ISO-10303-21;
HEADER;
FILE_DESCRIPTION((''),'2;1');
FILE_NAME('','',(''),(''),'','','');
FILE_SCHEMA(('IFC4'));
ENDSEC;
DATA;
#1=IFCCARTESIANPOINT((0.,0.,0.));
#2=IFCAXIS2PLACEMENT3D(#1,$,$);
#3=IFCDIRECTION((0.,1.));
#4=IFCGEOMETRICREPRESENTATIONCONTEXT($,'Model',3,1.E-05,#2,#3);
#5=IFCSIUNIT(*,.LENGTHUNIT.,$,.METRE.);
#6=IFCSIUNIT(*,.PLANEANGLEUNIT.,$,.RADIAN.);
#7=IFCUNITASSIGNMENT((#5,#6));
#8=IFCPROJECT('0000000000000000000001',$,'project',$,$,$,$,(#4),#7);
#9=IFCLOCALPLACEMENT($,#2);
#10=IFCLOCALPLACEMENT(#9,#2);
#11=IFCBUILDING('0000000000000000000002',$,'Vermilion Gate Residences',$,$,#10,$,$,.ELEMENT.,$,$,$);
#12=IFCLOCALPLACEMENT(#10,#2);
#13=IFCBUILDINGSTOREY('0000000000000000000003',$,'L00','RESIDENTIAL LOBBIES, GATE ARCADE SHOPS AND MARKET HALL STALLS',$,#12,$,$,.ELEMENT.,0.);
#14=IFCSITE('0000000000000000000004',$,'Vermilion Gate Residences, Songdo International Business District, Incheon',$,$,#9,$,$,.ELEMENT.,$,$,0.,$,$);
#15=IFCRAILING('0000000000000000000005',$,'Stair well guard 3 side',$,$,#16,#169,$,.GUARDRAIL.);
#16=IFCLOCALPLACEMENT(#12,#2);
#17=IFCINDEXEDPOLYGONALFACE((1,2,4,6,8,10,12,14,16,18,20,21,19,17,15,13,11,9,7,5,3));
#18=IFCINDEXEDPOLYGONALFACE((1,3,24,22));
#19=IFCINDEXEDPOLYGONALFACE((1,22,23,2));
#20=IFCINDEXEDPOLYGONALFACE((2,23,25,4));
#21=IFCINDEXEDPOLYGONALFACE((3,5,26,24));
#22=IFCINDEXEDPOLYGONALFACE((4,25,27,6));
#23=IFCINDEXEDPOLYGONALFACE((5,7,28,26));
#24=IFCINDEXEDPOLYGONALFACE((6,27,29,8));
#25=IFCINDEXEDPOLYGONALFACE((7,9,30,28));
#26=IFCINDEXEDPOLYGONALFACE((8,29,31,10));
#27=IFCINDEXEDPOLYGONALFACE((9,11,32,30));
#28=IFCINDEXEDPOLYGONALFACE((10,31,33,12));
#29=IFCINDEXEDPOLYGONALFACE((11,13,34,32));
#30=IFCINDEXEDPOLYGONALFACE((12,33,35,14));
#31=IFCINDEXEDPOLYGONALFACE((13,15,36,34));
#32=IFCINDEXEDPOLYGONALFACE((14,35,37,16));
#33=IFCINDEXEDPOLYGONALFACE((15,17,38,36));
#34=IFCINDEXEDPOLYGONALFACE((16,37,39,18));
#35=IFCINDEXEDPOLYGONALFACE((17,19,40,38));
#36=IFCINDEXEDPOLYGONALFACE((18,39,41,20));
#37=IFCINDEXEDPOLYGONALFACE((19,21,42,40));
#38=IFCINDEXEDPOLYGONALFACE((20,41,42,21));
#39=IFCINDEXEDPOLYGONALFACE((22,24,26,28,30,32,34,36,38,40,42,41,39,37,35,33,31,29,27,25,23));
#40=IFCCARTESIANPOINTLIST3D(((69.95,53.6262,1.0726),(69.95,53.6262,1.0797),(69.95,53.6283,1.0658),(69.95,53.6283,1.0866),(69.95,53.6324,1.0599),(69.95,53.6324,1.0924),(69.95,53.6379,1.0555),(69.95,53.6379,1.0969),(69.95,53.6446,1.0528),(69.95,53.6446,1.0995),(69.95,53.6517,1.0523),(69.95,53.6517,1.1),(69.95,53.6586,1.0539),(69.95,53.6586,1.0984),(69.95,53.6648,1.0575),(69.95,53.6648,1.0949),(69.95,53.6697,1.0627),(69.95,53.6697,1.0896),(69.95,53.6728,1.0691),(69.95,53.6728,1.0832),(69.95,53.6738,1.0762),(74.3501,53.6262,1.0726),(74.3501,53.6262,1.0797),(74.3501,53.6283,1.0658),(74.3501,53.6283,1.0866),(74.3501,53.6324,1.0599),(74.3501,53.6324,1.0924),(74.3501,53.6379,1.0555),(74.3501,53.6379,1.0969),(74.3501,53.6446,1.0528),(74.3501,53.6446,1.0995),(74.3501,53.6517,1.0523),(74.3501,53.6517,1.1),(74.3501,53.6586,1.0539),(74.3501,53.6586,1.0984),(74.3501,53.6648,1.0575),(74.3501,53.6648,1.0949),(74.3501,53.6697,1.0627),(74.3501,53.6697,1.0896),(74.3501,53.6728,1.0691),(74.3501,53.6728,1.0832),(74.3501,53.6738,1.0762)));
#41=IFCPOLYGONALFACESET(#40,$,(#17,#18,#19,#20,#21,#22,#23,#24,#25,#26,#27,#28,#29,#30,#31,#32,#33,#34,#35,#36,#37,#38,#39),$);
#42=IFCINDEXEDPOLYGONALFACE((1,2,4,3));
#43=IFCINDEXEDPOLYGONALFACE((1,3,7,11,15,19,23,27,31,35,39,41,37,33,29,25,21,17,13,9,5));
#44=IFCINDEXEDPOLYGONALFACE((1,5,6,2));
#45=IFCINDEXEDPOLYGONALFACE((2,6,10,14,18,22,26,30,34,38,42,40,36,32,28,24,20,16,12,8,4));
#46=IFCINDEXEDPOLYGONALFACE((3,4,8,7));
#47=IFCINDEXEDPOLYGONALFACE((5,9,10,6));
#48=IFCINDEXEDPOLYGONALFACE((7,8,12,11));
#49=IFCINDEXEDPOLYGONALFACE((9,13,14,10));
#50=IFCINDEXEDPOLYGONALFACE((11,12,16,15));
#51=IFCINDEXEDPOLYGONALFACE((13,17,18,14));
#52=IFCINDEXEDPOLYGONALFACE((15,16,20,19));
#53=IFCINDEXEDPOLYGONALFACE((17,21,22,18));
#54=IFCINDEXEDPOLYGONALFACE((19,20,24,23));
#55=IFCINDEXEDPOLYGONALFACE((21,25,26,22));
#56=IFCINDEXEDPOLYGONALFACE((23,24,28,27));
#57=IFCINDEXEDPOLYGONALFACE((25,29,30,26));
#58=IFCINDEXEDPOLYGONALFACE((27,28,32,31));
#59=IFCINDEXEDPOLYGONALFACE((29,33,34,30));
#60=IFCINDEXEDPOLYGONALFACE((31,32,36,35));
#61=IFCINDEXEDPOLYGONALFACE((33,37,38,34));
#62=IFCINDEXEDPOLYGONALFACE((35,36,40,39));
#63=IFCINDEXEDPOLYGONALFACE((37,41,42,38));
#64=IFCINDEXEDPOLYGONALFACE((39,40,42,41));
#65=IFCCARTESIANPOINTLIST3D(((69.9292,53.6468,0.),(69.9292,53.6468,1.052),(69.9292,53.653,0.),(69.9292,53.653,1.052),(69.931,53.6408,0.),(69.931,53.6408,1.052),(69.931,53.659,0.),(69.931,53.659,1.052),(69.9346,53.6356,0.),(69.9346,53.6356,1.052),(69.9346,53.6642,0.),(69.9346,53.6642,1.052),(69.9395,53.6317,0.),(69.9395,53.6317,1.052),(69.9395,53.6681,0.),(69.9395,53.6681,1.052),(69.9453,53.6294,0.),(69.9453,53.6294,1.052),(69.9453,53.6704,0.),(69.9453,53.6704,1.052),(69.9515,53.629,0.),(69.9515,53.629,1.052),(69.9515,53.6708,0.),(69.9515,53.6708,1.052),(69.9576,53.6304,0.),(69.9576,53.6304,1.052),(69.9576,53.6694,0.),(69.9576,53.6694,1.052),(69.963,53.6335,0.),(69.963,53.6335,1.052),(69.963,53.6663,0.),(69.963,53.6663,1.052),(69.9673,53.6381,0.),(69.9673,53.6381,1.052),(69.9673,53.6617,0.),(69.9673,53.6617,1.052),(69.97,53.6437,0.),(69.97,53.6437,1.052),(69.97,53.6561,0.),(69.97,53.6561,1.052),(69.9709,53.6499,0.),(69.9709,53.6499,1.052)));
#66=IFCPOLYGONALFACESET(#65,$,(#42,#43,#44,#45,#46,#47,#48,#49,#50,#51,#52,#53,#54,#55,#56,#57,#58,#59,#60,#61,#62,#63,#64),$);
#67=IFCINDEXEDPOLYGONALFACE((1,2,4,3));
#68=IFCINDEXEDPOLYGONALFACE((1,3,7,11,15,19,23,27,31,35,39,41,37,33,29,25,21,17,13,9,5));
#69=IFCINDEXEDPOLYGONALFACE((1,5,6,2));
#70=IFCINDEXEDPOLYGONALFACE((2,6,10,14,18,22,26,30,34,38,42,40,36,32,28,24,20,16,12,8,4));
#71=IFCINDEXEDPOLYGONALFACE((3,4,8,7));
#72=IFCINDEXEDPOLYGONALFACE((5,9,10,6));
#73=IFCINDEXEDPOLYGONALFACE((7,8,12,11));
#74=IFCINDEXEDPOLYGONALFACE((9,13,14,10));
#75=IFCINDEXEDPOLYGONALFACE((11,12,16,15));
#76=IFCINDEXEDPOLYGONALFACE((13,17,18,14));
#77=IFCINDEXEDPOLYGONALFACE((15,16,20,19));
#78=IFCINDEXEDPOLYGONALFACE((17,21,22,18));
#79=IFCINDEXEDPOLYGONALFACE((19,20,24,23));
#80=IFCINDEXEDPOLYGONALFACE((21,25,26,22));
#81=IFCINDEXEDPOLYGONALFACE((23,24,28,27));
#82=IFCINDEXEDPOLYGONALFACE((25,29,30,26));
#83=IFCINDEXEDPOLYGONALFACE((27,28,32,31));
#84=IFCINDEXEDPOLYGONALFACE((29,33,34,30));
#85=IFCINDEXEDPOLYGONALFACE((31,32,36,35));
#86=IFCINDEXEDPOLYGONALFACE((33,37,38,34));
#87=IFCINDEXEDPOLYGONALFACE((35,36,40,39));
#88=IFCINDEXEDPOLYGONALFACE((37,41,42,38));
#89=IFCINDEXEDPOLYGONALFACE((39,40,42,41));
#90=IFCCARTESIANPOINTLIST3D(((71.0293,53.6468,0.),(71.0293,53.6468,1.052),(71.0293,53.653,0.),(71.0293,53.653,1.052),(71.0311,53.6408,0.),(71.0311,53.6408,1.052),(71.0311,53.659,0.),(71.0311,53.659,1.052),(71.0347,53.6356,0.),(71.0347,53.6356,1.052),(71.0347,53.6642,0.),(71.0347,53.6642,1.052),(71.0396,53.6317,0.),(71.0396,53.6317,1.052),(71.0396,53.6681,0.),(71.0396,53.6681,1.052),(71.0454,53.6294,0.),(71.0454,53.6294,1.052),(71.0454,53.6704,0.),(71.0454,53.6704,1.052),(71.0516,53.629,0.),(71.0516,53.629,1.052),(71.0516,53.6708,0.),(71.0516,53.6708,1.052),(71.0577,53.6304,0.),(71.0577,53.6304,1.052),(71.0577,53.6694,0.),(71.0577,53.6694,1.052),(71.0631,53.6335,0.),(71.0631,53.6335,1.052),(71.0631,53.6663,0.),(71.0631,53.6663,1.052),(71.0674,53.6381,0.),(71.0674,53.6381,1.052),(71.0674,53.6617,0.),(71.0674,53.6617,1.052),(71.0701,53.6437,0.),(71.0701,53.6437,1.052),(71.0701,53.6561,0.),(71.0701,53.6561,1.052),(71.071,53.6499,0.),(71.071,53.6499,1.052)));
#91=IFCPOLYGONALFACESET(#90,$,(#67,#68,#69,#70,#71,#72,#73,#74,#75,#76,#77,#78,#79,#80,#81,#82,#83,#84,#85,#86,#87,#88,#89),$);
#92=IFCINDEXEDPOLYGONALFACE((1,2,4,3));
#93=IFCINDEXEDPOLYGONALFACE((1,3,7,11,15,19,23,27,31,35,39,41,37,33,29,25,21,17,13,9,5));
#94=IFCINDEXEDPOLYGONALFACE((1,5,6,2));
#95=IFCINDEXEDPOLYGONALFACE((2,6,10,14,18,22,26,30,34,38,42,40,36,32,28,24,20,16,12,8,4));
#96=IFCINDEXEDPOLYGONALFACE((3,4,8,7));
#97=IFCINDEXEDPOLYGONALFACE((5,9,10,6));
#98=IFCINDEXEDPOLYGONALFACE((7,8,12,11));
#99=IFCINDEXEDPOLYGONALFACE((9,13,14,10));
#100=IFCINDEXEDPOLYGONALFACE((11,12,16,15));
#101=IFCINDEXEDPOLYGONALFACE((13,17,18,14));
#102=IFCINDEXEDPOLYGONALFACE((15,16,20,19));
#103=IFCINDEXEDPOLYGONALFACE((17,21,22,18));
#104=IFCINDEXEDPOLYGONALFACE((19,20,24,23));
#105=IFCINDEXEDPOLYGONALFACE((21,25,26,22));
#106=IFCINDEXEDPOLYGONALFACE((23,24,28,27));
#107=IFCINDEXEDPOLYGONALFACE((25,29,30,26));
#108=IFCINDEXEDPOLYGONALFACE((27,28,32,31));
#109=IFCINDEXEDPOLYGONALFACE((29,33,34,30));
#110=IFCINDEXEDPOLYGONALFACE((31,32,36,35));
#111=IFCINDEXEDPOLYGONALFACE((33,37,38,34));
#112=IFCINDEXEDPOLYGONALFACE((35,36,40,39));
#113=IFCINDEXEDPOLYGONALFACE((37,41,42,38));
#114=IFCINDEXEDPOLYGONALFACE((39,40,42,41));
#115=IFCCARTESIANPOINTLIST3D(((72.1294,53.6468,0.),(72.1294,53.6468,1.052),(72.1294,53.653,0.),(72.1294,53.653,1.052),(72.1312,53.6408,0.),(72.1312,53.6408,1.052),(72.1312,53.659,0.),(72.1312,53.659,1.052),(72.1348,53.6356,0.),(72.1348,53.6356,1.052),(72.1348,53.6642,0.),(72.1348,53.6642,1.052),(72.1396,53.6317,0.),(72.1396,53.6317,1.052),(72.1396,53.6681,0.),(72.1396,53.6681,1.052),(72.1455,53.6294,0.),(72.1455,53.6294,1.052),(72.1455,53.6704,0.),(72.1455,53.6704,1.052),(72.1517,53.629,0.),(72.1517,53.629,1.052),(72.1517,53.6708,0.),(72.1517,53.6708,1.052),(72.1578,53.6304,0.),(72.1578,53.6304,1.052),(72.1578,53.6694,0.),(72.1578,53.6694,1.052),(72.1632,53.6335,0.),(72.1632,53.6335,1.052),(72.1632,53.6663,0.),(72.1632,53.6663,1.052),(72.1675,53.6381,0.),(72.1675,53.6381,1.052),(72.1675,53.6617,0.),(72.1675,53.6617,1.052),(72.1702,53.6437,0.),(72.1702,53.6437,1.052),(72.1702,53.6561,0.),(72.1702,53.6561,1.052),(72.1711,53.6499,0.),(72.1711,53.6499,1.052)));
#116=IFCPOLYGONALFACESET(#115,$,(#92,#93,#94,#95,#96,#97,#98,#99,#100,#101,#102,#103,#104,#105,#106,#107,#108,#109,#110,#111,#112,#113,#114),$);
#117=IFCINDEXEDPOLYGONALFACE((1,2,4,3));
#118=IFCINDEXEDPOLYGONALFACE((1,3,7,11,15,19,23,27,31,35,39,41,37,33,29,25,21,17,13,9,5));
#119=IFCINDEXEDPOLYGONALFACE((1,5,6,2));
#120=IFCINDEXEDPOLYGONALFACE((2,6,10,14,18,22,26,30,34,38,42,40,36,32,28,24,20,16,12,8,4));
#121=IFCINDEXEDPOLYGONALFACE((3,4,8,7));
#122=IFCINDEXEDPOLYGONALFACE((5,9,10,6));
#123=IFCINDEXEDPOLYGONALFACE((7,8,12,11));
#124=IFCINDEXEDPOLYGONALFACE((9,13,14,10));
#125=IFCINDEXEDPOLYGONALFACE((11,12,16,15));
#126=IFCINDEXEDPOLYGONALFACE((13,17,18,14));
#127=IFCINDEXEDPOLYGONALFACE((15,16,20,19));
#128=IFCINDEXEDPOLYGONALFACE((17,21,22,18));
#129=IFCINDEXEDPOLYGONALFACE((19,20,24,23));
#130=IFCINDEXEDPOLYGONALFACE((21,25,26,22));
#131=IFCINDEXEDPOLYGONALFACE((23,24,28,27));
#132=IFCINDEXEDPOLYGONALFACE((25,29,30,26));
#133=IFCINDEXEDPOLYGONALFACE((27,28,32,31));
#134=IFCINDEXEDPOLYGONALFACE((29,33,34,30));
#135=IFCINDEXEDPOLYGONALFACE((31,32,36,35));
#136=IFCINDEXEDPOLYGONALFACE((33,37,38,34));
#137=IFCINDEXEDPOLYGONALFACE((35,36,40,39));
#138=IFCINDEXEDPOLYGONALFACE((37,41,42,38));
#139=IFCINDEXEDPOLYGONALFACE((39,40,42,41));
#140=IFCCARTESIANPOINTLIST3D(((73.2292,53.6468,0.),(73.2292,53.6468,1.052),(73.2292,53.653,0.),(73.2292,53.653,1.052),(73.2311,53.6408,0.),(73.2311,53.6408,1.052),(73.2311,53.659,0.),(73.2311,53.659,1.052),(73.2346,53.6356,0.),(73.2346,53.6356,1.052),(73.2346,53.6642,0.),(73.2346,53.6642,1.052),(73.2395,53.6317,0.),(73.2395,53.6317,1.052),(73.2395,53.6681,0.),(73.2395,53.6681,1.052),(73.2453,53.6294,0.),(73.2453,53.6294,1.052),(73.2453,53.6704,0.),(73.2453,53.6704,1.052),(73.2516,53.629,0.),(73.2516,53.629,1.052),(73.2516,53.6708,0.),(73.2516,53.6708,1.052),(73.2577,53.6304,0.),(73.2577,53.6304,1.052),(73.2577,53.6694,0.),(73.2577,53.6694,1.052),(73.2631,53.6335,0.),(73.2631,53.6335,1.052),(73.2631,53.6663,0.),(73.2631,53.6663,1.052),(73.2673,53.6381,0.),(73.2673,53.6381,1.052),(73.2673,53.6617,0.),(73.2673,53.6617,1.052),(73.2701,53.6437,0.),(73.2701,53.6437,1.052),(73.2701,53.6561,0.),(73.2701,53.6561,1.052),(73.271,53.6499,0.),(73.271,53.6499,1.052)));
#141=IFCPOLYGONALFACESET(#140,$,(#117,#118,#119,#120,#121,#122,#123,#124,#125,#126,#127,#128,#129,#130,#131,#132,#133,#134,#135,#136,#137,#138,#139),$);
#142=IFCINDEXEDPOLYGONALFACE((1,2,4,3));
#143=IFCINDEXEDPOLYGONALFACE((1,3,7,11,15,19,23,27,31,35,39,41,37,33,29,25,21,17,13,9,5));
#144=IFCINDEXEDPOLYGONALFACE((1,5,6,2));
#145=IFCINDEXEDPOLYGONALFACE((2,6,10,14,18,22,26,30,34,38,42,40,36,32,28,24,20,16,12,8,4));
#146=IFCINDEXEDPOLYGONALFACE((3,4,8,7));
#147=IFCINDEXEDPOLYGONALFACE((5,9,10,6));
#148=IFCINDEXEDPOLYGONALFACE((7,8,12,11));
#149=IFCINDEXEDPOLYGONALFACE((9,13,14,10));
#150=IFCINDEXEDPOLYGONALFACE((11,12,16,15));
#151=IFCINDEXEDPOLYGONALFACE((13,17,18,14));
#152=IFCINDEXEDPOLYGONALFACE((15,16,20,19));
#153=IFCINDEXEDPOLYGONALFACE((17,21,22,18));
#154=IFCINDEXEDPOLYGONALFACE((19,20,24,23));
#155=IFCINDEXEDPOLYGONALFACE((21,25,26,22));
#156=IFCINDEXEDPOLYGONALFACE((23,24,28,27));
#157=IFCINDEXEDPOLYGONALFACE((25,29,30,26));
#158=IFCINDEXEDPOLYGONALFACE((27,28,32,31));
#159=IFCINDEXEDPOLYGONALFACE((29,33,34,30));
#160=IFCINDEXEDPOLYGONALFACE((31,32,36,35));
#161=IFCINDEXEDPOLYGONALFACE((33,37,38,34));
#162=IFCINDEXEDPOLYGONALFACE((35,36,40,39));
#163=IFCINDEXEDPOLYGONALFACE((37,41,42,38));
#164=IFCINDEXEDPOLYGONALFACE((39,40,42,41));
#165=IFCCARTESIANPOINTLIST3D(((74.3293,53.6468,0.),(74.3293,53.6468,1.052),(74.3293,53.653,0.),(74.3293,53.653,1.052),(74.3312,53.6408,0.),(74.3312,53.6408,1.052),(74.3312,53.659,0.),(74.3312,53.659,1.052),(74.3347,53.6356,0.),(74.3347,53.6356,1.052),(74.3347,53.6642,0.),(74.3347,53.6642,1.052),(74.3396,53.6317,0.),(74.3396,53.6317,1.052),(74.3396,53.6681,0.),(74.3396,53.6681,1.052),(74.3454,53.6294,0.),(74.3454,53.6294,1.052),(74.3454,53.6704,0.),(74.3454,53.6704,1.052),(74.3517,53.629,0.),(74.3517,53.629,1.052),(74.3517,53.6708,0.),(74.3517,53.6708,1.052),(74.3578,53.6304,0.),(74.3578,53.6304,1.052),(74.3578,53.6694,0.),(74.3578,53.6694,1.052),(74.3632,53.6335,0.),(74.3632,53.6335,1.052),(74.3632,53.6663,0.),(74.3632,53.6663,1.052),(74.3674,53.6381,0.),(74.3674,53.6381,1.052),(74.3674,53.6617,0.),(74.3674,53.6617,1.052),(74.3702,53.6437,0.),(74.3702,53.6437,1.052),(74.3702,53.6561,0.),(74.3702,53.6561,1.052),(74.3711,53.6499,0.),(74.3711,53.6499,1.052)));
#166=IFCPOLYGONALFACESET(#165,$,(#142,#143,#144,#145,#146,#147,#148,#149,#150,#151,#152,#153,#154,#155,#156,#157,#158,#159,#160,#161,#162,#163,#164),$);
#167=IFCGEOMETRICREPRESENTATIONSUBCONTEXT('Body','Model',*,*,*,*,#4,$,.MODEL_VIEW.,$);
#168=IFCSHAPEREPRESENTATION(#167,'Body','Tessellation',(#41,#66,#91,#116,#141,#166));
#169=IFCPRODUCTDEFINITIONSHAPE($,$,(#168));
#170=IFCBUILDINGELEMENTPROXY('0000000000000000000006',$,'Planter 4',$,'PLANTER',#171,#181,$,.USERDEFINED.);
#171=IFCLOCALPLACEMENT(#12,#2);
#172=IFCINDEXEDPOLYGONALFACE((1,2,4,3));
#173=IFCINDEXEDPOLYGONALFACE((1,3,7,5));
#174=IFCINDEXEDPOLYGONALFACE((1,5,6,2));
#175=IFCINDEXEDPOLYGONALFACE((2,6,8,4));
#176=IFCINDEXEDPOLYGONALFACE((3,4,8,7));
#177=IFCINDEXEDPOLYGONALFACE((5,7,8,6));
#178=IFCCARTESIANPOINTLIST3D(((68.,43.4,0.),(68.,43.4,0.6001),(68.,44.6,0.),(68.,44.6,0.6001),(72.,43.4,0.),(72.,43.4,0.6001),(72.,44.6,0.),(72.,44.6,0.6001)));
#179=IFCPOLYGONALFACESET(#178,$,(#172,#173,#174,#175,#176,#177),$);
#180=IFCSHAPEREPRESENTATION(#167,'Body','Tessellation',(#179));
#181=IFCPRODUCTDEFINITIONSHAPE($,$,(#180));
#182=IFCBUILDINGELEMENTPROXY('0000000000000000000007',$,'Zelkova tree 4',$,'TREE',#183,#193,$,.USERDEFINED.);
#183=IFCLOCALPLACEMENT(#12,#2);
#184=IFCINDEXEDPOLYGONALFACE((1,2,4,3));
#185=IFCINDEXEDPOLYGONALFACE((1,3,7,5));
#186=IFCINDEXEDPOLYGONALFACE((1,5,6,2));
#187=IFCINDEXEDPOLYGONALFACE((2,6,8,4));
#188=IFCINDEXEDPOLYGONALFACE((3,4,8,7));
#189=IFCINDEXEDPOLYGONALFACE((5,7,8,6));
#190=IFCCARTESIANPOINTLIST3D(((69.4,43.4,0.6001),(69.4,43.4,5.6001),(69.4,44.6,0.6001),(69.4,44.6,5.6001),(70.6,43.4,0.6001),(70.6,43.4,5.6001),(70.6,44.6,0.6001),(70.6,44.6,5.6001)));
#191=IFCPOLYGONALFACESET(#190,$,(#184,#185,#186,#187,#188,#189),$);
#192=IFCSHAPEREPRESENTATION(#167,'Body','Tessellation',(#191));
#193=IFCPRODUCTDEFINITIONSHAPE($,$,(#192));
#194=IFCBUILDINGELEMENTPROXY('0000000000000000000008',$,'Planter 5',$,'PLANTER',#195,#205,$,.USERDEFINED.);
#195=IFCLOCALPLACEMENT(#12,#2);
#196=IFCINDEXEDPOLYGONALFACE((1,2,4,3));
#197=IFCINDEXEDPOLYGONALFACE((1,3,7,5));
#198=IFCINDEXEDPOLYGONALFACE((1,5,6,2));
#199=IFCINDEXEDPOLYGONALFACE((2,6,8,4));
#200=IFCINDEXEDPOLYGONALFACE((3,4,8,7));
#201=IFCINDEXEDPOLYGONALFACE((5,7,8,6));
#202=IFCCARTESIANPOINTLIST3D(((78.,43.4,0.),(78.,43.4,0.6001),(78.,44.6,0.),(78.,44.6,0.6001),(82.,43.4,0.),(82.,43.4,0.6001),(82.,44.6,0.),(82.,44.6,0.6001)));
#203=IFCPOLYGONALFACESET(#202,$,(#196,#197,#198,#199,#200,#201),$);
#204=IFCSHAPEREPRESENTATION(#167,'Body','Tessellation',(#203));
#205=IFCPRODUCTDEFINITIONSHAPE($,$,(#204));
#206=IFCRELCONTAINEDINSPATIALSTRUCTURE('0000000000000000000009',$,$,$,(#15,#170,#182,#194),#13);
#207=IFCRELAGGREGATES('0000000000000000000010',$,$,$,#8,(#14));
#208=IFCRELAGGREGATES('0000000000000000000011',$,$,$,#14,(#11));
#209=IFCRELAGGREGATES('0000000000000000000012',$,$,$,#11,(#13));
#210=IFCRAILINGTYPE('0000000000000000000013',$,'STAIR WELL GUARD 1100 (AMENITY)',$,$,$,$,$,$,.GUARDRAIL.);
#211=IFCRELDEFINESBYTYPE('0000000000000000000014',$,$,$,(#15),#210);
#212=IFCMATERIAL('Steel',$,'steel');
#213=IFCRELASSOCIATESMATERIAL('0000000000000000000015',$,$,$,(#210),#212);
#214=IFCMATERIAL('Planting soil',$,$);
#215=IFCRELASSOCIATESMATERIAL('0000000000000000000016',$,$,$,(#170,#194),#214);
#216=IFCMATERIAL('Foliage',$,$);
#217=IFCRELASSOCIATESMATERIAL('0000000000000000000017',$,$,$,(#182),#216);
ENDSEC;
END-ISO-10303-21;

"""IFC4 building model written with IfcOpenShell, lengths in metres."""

from ifc_helpers import new_model, si_unit, direction, frame, origin, origin_2d, place, context, subcontext, project, spatial, rectangle, circle, extrude, material, type_object, element, save


model = new_model("IFC4")

# Units and contexts
model_context = context("Model", 3, precision=1e-05, world=origin(), true_north=direction((0.0, 1.0)))
body_context = subcontext(model_context, "Body", "Model", "MODEL_VIEW")
ifc_project = project(units=[si_unit("LENGTHUNIT", "METRE"), si_unit("PLANEANGLEUNIT", "RADIAN")], contexts=[model_context])

# Site, building, storey
site_placement = place(None, origin())
site = spatial("IfcSite", under=ifc_project, at=site_placement, Name="Vermilion Gate Residences, Songdo International Business District, Incheon", CompositionType="ELEMENT", RefElevation=0.0)
building_placement = place(site_placement, origin())
building = spatial("IfcBuilding", under=site, at=building_placement, Name="Vermilion Gate Residences", CompositionType="ELEMENT")
storey_placement = place(building_placement, origin())
storey = spatial("IfcBuildingStorey", under=building, at=storey_placement, Name="L00", Description="RESIDENTIAL LOBBIES, GATE ARCADE SHOPS AND MARKET HALL STALLS", CompositionType="ELEMENT", Elevation=0.0)

# Railing
ifc_material_1 = material(Name="Steel", Category="steel")
railing_type = type_object("IfcRailingType", Name="STAIR WELL GUARD 1100 (AMENITY)", PredefinedType="GUARDRAIL", material=ifc_material_1)
railing_1_placement = place(storey_placement, frame((69.95, 53.6499, 0.0)))
element("IfcRailing", 1, at=railing_1_placement, inside=storey, type_object=railing_type, Name="Stair well guard 3 side", PredefinedType="GUARDRAIL", context=body_context, shape_type="SweptSolid", body=[
    extrude(circle(Radius=0.0239, at=origin_2d()), frame((0.0, 0.0, 1.0762), z_axis=(1.0, 0.0, 0.0), x_axis=(0.0, 1.0, 0.0)), (0.0, 0.0, 1.0), 4.4001),
    extrude(circle(Radius=0.021, at=origin_2d()), origin(), (0.0, 0.0, 1.0), 1.052),
    extrude(circle(Radius=0.021, at=origin_2d()), frame((1.1001, 0.0, 0.0)), (0.0, 0.0, 1.0), 1.052),
    extrude(circle(Radius=0.021, at=origin_2d()), frame((2.2002, 0.0, 0.0)), (0.0, 0.0, 1.0), 1.052),
    extrude(circle(Radius=0.021, at=origin_2d()), frame((3.3, 0.0, 0.0)), (0.0, 0.0, 1.0), 1.052),
    extrude(circle(Radius=0.021, at=origin_2d()), frame((4.4001, 0.0, 0.0)), (0.0, 0.0, 1.0), 1.052),
])

# Building element proxies
ifc_material_2 = material(Name="Planting soil")
proxy_1_placement = place(storey_placement, frame((70.0, 44.0, 0.0), z_axis=(0.0, 0.0, 1.0), x_axis=(1.0, 0.0, 0.0)))
element("IfcBuildingElementProxy", 2, at=proxy_1_placement, inside=storey, material=ifc_material_2, Name="Planter 4", ObjectType="PLANTER", PredefinedType="USERDEFINED", context=body_context, shape_type="SweptSolid", body=[
    extrude(rectangle(XDim=4.0, YDim=1.2, at=origin_2d()), origin(), (0.0, 0.0, 1.0), 0.6001),
])
ifc_material_3 = material(Name="Foliage")
proxy_2_placement = place(storey_placement, frame((70.0, 44.0, 0.6001), z_axis=(0.0, 0.0, 1.0), x_axis=(1.0, 0.0, 0.0)))
element("IfcBuildingElementProxy", 3, at=proxy_2_placement, inside=storey, material=ifc_material_3, Name="Zelkova tree 4", ObjectType="TREE", PredefinedType="USERDEFINED", context=body_context, shape_type="SweptSolid", body=[
    extrude(rectangle(XDim=1.2, YDim=1.2, at=origin_2d()), origin(), (0.0, 0.0, 1.0), 5.0),
])
proxy_3_placement = place(storey_placement, frame((80.0, 44.0, 0.0), z_axis=(0.0, 0.0, 1.0), x_axis=(1.0, 0.0, 0.0)))
element("IfcBuildingElementProxy", 4, at=proxy_3_placement, inside=storey, material=ifc_material_2, Name="Planter 5", ObjectType="PLANTER", PredefinedType="USERDEFINED", context=body_context, shape_type="SweptSolid", body=[
    extrude(rectangle(XDim=4.0, YDim=1.2, at=origin_2d()), origin(), (0.0, 0.0, 1.0), 0.6001),
])

save(model, "model.ifc")
